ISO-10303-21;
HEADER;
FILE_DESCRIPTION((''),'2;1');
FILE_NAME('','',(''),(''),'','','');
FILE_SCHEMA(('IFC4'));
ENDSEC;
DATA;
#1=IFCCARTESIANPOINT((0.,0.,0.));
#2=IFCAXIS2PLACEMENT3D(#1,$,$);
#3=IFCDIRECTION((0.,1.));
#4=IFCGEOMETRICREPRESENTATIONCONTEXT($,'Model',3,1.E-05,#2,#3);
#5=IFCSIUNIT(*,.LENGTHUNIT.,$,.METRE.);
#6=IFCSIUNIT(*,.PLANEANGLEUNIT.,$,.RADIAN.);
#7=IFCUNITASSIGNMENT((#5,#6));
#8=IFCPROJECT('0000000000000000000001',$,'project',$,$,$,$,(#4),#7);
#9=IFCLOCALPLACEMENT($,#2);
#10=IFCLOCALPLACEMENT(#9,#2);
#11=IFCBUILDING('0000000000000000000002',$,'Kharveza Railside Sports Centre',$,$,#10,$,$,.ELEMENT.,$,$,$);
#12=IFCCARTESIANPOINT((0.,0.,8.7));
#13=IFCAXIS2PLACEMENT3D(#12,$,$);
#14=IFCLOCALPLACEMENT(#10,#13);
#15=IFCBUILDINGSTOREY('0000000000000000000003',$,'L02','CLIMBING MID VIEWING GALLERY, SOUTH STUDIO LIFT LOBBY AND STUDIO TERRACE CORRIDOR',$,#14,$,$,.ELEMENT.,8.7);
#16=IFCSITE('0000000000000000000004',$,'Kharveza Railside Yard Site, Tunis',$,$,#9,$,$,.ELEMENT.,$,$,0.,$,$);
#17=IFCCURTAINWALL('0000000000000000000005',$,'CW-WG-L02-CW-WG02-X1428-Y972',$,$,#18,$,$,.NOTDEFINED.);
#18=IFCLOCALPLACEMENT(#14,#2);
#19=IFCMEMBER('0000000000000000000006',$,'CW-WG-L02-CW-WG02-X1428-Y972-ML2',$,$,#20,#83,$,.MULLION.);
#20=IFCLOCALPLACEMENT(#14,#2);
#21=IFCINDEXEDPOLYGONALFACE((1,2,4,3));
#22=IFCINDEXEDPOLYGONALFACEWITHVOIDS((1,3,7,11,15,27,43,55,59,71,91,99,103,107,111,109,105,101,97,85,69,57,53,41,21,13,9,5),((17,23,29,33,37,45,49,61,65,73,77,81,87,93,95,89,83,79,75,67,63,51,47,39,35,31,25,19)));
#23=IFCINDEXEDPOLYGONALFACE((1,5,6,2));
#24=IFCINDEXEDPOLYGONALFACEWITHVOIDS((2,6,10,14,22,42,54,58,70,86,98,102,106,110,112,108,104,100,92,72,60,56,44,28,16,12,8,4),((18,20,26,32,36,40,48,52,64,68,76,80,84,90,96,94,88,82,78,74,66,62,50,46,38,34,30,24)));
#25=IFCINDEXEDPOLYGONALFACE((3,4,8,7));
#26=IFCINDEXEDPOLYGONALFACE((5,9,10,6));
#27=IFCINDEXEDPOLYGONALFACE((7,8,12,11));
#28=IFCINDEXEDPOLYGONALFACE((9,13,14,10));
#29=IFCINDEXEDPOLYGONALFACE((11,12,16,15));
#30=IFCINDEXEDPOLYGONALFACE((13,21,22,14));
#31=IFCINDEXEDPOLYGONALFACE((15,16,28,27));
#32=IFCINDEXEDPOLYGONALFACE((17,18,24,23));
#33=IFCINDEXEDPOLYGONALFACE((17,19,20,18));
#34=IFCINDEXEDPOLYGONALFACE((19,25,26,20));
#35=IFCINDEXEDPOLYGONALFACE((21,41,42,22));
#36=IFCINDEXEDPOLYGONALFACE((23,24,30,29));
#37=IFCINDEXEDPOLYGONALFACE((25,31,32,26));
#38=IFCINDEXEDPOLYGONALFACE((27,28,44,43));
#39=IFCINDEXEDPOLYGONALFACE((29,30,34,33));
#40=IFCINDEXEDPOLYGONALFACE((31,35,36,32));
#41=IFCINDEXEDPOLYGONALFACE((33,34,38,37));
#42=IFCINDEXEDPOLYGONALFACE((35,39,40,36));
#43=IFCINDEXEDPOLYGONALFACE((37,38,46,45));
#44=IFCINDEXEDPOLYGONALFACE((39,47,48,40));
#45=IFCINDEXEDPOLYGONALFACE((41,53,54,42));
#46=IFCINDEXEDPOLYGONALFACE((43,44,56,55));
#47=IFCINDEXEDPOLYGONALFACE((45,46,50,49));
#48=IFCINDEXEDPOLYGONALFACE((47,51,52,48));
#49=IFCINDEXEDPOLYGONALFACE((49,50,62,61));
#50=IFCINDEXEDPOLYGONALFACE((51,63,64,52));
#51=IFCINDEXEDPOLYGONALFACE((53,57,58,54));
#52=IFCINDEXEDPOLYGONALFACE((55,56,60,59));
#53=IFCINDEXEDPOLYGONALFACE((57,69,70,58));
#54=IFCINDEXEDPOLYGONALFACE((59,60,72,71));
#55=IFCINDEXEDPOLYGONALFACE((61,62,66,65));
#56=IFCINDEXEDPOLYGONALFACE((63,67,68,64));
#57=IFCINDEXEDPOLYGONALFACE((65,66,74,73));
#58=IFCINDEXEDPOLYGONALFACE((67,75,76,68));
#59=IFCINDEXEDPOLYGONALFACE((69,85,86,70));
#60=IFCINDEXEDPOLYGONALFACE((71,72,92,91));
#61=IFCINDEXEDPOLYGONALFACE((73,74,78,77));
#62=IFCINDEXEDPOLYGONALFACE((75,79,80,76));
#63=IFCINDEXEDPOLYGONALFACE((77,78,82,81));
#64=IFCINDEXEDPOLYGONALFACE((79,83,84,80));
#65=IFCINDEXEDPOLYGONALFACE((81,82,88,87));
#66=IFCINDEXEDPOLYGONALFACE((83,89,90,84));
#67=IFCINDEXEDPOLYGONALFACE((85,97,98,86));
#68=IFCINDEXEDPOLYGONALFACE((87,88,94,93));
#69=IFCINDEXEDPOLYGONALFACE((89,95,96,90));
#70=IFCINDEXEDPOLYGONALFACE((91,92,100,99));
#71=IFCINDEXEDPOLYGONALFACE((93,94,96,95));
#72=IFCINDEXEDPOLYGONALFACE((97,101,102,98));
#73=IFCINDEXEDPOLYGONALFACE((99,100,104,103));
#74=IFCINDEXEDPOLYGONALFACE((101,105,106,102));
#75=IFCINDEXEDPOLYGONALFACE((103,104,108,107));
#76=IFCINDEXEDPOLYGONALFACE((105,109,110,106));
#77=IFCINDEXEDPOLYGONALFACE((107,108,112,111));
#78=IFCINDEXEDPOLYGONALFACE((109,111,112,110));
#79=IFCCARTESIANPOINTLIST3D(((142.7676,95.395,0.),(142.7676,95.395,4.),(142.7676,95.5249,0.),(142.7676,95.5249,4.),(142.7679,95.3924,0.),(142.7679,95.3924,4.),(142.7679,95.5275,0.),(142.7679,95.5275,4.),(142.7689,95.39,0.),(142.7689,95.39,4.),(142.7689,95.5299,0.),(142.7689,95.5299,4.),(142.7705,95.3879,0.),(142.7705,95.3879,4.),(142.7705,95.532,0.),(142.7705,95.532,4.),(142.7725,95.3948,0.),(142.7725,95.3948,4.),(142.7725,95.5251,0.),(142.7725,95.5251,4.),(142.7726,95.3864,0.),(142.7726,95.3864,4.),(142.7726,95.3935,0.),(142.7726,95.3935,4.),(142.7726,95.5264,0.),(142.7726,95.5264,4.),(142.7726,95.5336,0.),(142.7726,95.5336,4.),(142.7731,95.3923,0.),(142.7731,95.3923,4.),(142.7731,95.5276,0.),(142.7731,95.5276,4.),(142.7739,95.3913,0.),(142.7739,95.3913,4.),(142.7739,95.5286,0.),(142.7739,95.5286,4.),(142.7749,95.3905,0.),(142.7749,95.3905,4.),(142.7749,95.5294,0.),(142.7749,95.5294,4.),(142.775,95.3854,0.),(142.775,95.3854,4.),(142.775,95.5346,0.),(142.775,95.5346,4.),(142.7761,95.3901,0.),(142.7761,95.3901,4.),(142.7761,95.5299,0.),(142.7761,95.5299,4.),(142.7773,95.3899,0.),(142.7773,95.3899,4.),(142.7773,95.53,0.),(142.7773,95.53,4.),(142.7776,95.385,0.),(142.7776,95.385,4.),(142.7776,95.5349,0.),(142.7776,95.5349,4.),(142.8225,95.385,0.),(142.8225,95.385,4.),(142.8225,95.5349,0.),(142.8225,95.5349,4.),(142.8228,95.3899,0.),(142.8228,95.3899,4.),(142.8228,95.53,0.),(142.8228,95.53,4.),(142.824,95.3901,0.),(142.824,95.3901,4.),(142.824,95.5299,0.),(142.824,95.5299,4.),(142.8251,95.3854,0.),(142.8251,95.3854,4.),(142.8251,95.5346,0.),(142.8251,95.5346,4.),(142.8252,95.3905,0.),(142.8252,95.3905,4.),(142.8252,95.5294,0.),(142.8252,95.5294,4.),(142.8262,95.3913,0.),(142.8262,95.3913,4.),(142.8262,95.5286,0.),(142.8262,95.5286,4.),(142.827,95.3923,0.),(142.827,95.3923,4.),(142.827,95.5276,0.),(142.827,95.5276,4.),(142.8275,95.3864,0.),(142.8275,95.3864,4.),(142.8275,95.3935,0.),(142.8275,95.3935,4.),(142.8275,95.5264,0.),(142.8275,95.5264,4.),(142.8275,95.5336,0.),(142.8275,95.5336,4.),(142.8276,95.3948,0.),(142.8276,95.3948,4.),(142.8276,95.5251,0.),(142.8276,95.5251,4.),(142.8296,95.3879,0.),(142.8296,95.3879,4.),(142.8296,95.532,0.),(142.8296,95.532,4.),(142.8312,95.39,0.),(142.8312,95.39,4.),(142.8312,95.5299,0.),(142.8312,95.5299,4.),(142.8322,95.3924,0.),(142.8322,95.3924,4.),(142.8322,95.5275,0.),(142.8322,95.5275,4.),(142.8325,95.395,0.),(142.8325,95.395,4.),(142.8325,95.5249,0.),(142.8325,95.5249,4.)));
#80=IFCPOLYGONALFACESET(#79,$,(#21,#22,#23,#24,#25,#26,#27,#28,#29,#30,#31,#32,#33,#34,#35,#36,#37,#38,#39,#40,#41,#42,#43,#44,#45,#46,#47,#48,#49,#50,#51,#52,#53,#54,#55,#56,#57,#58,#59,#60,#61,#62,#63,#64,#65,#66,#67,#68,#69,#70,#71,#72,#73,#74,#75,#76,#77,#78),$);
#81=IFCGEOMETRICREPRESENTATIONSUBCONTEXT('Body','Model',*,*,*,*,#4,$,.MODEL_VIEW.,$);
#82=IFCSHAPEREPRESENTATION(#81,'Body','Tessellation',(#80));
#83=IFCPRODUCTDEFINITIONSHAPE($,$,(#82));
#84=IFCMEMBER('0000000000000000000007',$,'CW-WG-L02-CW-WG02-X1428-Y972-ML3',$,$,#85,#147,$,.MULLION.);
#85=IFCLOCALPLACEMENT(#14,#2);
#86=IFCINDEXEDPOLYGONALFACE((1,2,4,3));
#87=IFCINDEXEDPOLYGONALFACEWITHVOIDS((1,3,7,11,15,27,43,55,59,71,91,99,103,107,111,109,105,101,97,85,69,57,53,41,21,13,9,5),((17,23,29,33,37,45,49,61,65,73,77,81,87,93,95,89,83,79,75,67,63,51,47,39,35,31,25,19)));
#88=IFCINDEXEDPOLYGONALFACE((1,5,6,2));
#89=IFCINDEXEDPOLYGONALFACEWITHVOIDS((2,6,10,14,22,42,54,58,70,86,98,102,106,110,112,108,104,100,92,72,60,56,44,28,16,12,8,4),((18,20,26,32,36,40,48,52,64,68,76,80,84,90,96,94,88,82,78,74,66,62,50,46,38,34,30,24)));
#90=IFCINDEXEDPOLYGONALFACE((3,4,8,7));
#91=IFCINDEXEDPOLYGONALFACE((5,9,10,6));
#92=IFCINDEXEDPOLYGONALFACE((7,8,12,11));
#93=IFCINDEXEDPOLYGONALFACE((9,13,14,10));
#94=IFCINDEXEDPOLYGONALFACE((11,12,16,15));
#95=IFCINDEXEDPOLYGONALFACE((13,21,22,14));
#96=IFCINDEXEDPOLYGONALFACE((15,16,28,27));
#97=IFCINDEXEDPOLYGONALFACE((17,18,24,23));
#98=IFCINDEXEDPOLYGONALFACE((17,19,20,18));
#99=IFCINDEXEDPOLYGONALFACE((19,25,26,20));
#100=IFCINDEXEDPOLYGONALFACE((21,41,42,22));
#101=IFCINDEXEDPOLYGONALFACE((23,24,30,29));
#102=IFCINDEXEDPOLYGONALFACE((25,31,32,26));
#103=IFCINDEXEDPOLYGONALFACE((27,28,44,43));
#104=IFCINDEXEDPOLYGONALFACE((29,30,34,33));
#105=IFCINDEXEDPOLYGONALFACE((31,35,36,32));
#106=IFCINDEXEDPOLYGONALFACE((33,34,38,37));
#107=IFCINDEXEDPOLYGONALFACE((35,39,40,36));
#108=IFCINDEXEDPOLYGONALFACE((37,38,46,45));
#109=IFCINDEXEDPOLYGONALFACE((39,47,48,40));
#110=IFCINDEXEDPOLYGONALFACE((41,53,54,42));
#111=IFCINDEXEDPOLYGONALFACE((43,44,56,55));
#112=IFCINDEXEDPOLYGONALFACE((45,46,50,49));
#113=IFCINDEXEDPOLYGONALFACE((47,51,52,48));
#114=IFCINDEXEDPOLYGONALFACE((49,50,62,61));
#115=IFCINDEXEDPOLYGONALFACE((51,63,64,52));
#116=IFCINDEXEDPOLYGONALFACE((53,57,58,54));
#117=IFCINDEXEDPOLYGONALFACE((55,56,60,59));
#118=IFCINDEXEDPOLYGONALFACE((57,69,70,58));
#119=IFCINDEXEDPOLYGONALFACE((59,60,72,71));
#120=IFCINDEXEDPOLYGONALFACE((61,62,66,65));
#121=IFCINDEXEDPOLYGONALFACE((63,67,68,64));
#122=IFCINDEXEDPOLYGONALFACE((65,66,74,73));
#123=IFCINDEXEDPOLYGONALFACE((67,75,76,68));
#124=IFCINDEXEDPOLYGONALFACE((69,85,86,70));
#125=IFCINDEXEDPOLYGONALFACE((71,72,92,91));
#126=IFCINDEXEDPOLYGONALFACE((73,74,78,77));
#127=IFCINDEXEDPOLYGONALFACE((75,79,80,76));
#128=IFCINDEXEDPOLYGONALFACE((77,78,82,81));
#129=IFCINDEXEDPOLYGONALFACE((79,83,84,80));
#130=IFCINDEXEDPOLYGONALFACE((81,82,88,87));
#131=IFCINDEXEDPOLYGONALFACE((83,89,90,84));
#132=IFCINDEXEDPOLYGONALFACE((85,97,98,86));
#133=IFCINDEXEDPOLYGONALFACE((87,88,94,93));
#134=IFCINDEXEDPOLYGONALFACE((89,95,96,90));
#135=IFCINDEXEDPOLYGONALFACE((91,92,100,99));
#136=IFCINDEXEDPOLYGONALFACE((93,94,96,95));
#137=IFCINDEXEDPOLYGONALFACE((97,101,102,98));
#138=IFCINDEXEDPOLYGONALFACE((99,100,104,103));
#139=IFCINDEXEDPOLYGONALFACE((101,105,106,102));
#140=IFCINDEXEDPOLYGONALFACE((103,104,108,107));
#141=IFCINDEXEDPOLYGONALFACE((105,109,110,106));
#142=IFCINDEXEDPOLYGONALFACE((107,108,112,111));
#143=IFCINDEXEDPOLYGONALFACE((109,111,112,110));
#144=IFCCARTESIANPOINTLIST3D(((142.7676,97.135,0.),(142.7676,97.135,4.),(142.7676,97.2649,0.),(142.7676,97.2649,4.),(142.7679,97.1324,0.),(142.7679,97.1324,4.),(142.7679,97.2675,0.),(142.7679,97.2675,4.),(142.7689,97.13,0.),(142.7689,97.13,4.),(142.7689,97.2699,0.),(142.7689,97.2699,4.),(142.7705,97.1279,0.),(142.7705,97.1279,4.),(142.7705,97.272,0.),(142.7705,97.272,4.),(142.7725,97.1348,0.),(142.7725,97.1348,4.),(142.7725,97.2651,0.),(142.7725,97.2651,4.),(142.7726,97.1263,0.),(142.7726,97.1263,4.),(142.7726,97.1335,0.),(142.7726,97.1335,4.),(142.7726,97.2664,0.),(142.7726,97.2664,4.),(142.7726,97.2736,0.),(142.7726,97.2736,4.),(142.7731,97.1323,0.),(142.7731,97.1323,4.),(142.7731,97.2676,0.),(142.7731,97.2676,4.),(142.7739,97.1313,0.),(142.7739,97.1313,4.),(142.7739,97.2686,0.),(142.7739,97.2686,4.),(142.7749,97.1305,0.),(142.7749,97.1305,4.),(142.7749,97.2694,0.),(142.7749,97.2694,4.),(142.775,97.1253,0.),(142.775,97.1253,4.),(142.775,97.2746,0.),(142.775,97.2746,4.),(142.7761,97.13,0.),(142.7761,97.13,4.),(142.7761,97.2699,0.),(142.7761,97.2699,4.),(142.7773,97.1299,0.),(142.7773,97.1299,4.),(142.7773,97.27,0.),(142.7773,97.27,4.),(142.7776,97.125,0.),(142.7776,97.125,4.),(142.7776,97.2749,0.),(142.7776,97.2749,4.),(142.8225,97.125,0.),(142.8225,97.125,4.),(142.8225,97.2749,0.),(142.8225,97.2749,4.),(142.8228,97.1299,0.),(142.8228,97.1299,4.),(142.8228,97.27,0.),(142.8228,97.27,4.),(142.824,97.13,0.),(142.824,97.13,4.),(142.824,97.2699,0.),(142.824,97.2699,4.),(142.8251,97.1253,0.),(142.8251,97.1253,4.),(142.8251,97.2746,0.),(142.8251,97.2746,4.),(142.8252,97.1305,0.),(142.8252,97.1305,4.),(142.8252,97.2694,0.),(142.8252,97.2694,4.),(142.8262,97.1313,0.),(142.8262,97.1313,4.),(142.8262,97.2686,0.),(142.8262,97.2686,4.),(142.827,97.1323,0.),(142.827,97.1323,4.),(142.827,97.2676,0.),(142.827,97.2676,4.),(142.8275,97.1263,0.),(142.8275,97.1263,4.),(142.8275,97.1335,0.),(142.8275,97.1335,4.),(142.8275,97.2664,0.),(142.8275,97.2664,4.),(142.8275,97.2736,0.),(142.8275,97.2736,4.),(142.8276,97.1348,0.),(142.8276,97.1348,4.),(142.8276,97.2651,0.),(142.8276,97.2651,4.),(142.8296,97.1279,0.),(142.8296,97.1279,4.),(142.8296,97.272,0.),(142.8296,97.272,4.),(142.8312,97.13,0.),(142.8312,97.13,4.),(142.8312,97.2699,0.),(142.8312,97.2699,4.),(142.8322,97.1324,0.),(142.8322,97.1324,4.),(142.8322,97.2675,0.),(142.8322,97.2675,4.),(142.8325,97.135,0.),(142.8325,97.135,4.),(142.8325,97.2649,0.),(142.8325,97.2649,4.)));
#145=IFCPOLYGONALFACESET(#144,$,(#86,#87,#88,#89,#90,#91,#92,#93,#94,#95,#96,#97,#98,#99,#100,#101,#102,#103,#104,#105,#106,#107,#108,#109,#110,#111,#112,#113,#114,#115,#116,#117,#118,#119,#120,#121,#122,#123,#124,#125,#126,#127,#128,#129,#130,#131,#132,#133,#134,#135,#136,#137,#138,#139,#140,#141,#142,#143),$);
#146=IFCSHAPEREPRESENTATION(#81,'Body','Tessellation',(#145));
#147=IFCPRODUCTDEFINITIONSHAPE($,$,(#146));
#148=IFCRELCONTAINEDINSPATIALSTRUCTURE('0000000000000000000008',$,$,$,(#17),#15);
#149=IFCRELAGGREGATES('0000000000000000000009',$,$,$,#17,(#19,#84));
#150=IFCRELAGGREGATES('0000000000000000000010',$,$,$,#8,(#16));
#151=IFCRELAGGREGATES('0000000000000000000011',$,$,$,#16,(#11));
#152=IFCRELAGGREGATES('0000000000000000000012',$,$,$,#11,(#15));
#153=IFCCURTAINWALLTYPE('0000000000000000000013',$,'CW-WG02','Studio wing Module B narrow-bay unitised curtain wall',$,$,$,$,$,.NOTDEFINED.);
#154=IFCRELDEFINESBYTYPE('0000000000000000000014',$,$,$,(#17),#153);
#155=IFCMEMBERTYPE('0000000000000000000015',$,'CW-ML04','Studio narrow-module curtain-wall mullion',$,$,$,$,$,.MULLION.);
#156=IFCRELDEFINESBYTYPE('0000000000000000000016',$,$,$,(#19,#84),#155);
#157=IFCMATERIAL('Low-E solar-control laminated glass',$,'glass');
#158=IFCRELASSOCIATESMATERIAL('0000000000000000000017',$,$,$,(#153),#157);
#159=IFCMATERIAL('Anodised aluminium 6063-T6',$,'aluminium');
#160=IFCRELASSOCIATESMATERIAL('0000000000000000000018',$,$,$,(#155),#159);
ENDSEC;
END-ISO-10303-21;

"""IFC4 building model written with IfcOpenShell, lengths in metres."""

from ifc_helpers import new_model, si_unit, direction, frame, origin, origin_2d, place, context, subcontext, project, spatial, hollow_rectangle, extrude, material, material_profile, profile_set, type_object, element, aggregate, save


model = new_model("IFC4")

# Units and contexts
model_context = context("Model", 3, precision=1e-05, world=origin(), true_north=direction((0.0, 1.0)))
body_context = subcontext(model_context, "Body", "Model", "MODEL_VIEW")
ifc_project = project(units=[si_unit("LENGTHUNIT", "METRE"), si_unit("PLANEANGLEUNIT", "RADIAN")], contexts=[model_context])

# Site, building, storey
site_placement = place(None, origin())
site = spatial("IfcSite", under=ifc_project, at=site_placement, Name="Kharveza Railside Yard Site, Tunis", CompositionType="ELEMENT", RefElevation=0.0)
building_placement = place(site_placement, origin())
building = spatial("IfcBuilding", under=site, at=building_placement, Name="Kharveza Railside Sports Centre", CompositionType="ELEMENT")
storey_placement = place(building_placement, frame((0.0, 0.0, 8.7)))
storey = spatial("IfcBuildingStorey", under=building, at=storey_placement, Name="L02", Description="CLIMBING MID VIEWING GALLERY, SOUTH STUDIO LIFT LOBBY AND STUDIO TERRACE CORRIDOR", CompositionType="ELEMENT", Elevation=8.7)

# Curtain wall, members
ifc_material_1 = material(Name="Low-E solar-control laminated glass", Category="glass")
curtain_wall_type = type_object("IfcCurtainWallType", Name="CW-WG02", Description="Studio wing Module B narrow-bay unitised curtain wall", PredefinedType="NOTDEFINED", material=ifc_material_1)
curtain_wall_placement = place(storey_placement, origin())
curtain_wall = element("IfcCurtainWall", 1, at=curtain_wall_placement, inside=storey, type_object=curtain_wall_type, Name="CW-WG-L02-CW-WG02-X1428-Y972", PredefinedType="NOTDEFINED")
ifc_material_2 = material(Name="Anodised aluminium 6063-T6", Category="aluminium")
ifc_material_profile_1 = material_profile(ifc_material_2, hollow_rectangle(XDim=0.0649, YDim=0.1499, WallThickness=0.0049, InnerFilletRadius=0.0049, OuterFilletRadius=0.01, at=origin_2d()), Name="RHS 65x150x5.0")
ifc_profile_set_1 = profile_set([ifc_material_profile_1], Name="Anodised aluminium 6063-T6")
member_type_1 = type_object("IfcMemberType", Name="CW-ML04", Description="Studio narrow-module curtain-wall mullion", PredefinedType="MULLION", material=ifc_profile_set_1)
member_1_placement = place(storey_placement, frame((142.8, 95.46, 0.0), z_axis=(0.0, 0.0, 1.0), x_axis=(1.0, 0.0, 0.0)))
member_1 = element("IfcMember", 2, at=member_1_placement, type_object=member_type_1, Name="CW-WG-L02-CW-WG02-X1428-Y972-ML2", PredefinedType="MULLION", context=body_context, shape_type="SweptSolid", body=[
    extrude(hollow_rectangle(XDim=0.0649, YDim=0.1499, WallThickness=0.0049, InnerFilletRadius=0.0049, OuterFilletRadius=0.01, at=origin_2d()), origin(), (0.0, 0.0, 1.0), 4.0),
])
member_2_placement = place(storey_placement, frame((142.8, 97.2, 0.0), z_axis=(0.0, 0.0, 1.0), x_axis=(1.0, 0.0, 0.0)))
member_2 = element("IfcMember", 3, at=member_2_placement, type_object=member_type_1, Name="CW-WG-L02-CW-WG02-X1428-Y972-ML3", PredefinedType="MULLION", context=body_context, shape_type="SweptSolid", body=[
    extrude(hollow_rectangle(XDim=0.0649, YDim=0.1499, WallThickness=0.0049, InnerFilletRadius=0.0049, OuterFilletRadius=0.01, at=origin_2d()), origin(), (0.0, 0.0, 1.0), 4.0),
])

aggregate(curtain_wall, [member_1, member_2])

save(model, "model.ifc")
